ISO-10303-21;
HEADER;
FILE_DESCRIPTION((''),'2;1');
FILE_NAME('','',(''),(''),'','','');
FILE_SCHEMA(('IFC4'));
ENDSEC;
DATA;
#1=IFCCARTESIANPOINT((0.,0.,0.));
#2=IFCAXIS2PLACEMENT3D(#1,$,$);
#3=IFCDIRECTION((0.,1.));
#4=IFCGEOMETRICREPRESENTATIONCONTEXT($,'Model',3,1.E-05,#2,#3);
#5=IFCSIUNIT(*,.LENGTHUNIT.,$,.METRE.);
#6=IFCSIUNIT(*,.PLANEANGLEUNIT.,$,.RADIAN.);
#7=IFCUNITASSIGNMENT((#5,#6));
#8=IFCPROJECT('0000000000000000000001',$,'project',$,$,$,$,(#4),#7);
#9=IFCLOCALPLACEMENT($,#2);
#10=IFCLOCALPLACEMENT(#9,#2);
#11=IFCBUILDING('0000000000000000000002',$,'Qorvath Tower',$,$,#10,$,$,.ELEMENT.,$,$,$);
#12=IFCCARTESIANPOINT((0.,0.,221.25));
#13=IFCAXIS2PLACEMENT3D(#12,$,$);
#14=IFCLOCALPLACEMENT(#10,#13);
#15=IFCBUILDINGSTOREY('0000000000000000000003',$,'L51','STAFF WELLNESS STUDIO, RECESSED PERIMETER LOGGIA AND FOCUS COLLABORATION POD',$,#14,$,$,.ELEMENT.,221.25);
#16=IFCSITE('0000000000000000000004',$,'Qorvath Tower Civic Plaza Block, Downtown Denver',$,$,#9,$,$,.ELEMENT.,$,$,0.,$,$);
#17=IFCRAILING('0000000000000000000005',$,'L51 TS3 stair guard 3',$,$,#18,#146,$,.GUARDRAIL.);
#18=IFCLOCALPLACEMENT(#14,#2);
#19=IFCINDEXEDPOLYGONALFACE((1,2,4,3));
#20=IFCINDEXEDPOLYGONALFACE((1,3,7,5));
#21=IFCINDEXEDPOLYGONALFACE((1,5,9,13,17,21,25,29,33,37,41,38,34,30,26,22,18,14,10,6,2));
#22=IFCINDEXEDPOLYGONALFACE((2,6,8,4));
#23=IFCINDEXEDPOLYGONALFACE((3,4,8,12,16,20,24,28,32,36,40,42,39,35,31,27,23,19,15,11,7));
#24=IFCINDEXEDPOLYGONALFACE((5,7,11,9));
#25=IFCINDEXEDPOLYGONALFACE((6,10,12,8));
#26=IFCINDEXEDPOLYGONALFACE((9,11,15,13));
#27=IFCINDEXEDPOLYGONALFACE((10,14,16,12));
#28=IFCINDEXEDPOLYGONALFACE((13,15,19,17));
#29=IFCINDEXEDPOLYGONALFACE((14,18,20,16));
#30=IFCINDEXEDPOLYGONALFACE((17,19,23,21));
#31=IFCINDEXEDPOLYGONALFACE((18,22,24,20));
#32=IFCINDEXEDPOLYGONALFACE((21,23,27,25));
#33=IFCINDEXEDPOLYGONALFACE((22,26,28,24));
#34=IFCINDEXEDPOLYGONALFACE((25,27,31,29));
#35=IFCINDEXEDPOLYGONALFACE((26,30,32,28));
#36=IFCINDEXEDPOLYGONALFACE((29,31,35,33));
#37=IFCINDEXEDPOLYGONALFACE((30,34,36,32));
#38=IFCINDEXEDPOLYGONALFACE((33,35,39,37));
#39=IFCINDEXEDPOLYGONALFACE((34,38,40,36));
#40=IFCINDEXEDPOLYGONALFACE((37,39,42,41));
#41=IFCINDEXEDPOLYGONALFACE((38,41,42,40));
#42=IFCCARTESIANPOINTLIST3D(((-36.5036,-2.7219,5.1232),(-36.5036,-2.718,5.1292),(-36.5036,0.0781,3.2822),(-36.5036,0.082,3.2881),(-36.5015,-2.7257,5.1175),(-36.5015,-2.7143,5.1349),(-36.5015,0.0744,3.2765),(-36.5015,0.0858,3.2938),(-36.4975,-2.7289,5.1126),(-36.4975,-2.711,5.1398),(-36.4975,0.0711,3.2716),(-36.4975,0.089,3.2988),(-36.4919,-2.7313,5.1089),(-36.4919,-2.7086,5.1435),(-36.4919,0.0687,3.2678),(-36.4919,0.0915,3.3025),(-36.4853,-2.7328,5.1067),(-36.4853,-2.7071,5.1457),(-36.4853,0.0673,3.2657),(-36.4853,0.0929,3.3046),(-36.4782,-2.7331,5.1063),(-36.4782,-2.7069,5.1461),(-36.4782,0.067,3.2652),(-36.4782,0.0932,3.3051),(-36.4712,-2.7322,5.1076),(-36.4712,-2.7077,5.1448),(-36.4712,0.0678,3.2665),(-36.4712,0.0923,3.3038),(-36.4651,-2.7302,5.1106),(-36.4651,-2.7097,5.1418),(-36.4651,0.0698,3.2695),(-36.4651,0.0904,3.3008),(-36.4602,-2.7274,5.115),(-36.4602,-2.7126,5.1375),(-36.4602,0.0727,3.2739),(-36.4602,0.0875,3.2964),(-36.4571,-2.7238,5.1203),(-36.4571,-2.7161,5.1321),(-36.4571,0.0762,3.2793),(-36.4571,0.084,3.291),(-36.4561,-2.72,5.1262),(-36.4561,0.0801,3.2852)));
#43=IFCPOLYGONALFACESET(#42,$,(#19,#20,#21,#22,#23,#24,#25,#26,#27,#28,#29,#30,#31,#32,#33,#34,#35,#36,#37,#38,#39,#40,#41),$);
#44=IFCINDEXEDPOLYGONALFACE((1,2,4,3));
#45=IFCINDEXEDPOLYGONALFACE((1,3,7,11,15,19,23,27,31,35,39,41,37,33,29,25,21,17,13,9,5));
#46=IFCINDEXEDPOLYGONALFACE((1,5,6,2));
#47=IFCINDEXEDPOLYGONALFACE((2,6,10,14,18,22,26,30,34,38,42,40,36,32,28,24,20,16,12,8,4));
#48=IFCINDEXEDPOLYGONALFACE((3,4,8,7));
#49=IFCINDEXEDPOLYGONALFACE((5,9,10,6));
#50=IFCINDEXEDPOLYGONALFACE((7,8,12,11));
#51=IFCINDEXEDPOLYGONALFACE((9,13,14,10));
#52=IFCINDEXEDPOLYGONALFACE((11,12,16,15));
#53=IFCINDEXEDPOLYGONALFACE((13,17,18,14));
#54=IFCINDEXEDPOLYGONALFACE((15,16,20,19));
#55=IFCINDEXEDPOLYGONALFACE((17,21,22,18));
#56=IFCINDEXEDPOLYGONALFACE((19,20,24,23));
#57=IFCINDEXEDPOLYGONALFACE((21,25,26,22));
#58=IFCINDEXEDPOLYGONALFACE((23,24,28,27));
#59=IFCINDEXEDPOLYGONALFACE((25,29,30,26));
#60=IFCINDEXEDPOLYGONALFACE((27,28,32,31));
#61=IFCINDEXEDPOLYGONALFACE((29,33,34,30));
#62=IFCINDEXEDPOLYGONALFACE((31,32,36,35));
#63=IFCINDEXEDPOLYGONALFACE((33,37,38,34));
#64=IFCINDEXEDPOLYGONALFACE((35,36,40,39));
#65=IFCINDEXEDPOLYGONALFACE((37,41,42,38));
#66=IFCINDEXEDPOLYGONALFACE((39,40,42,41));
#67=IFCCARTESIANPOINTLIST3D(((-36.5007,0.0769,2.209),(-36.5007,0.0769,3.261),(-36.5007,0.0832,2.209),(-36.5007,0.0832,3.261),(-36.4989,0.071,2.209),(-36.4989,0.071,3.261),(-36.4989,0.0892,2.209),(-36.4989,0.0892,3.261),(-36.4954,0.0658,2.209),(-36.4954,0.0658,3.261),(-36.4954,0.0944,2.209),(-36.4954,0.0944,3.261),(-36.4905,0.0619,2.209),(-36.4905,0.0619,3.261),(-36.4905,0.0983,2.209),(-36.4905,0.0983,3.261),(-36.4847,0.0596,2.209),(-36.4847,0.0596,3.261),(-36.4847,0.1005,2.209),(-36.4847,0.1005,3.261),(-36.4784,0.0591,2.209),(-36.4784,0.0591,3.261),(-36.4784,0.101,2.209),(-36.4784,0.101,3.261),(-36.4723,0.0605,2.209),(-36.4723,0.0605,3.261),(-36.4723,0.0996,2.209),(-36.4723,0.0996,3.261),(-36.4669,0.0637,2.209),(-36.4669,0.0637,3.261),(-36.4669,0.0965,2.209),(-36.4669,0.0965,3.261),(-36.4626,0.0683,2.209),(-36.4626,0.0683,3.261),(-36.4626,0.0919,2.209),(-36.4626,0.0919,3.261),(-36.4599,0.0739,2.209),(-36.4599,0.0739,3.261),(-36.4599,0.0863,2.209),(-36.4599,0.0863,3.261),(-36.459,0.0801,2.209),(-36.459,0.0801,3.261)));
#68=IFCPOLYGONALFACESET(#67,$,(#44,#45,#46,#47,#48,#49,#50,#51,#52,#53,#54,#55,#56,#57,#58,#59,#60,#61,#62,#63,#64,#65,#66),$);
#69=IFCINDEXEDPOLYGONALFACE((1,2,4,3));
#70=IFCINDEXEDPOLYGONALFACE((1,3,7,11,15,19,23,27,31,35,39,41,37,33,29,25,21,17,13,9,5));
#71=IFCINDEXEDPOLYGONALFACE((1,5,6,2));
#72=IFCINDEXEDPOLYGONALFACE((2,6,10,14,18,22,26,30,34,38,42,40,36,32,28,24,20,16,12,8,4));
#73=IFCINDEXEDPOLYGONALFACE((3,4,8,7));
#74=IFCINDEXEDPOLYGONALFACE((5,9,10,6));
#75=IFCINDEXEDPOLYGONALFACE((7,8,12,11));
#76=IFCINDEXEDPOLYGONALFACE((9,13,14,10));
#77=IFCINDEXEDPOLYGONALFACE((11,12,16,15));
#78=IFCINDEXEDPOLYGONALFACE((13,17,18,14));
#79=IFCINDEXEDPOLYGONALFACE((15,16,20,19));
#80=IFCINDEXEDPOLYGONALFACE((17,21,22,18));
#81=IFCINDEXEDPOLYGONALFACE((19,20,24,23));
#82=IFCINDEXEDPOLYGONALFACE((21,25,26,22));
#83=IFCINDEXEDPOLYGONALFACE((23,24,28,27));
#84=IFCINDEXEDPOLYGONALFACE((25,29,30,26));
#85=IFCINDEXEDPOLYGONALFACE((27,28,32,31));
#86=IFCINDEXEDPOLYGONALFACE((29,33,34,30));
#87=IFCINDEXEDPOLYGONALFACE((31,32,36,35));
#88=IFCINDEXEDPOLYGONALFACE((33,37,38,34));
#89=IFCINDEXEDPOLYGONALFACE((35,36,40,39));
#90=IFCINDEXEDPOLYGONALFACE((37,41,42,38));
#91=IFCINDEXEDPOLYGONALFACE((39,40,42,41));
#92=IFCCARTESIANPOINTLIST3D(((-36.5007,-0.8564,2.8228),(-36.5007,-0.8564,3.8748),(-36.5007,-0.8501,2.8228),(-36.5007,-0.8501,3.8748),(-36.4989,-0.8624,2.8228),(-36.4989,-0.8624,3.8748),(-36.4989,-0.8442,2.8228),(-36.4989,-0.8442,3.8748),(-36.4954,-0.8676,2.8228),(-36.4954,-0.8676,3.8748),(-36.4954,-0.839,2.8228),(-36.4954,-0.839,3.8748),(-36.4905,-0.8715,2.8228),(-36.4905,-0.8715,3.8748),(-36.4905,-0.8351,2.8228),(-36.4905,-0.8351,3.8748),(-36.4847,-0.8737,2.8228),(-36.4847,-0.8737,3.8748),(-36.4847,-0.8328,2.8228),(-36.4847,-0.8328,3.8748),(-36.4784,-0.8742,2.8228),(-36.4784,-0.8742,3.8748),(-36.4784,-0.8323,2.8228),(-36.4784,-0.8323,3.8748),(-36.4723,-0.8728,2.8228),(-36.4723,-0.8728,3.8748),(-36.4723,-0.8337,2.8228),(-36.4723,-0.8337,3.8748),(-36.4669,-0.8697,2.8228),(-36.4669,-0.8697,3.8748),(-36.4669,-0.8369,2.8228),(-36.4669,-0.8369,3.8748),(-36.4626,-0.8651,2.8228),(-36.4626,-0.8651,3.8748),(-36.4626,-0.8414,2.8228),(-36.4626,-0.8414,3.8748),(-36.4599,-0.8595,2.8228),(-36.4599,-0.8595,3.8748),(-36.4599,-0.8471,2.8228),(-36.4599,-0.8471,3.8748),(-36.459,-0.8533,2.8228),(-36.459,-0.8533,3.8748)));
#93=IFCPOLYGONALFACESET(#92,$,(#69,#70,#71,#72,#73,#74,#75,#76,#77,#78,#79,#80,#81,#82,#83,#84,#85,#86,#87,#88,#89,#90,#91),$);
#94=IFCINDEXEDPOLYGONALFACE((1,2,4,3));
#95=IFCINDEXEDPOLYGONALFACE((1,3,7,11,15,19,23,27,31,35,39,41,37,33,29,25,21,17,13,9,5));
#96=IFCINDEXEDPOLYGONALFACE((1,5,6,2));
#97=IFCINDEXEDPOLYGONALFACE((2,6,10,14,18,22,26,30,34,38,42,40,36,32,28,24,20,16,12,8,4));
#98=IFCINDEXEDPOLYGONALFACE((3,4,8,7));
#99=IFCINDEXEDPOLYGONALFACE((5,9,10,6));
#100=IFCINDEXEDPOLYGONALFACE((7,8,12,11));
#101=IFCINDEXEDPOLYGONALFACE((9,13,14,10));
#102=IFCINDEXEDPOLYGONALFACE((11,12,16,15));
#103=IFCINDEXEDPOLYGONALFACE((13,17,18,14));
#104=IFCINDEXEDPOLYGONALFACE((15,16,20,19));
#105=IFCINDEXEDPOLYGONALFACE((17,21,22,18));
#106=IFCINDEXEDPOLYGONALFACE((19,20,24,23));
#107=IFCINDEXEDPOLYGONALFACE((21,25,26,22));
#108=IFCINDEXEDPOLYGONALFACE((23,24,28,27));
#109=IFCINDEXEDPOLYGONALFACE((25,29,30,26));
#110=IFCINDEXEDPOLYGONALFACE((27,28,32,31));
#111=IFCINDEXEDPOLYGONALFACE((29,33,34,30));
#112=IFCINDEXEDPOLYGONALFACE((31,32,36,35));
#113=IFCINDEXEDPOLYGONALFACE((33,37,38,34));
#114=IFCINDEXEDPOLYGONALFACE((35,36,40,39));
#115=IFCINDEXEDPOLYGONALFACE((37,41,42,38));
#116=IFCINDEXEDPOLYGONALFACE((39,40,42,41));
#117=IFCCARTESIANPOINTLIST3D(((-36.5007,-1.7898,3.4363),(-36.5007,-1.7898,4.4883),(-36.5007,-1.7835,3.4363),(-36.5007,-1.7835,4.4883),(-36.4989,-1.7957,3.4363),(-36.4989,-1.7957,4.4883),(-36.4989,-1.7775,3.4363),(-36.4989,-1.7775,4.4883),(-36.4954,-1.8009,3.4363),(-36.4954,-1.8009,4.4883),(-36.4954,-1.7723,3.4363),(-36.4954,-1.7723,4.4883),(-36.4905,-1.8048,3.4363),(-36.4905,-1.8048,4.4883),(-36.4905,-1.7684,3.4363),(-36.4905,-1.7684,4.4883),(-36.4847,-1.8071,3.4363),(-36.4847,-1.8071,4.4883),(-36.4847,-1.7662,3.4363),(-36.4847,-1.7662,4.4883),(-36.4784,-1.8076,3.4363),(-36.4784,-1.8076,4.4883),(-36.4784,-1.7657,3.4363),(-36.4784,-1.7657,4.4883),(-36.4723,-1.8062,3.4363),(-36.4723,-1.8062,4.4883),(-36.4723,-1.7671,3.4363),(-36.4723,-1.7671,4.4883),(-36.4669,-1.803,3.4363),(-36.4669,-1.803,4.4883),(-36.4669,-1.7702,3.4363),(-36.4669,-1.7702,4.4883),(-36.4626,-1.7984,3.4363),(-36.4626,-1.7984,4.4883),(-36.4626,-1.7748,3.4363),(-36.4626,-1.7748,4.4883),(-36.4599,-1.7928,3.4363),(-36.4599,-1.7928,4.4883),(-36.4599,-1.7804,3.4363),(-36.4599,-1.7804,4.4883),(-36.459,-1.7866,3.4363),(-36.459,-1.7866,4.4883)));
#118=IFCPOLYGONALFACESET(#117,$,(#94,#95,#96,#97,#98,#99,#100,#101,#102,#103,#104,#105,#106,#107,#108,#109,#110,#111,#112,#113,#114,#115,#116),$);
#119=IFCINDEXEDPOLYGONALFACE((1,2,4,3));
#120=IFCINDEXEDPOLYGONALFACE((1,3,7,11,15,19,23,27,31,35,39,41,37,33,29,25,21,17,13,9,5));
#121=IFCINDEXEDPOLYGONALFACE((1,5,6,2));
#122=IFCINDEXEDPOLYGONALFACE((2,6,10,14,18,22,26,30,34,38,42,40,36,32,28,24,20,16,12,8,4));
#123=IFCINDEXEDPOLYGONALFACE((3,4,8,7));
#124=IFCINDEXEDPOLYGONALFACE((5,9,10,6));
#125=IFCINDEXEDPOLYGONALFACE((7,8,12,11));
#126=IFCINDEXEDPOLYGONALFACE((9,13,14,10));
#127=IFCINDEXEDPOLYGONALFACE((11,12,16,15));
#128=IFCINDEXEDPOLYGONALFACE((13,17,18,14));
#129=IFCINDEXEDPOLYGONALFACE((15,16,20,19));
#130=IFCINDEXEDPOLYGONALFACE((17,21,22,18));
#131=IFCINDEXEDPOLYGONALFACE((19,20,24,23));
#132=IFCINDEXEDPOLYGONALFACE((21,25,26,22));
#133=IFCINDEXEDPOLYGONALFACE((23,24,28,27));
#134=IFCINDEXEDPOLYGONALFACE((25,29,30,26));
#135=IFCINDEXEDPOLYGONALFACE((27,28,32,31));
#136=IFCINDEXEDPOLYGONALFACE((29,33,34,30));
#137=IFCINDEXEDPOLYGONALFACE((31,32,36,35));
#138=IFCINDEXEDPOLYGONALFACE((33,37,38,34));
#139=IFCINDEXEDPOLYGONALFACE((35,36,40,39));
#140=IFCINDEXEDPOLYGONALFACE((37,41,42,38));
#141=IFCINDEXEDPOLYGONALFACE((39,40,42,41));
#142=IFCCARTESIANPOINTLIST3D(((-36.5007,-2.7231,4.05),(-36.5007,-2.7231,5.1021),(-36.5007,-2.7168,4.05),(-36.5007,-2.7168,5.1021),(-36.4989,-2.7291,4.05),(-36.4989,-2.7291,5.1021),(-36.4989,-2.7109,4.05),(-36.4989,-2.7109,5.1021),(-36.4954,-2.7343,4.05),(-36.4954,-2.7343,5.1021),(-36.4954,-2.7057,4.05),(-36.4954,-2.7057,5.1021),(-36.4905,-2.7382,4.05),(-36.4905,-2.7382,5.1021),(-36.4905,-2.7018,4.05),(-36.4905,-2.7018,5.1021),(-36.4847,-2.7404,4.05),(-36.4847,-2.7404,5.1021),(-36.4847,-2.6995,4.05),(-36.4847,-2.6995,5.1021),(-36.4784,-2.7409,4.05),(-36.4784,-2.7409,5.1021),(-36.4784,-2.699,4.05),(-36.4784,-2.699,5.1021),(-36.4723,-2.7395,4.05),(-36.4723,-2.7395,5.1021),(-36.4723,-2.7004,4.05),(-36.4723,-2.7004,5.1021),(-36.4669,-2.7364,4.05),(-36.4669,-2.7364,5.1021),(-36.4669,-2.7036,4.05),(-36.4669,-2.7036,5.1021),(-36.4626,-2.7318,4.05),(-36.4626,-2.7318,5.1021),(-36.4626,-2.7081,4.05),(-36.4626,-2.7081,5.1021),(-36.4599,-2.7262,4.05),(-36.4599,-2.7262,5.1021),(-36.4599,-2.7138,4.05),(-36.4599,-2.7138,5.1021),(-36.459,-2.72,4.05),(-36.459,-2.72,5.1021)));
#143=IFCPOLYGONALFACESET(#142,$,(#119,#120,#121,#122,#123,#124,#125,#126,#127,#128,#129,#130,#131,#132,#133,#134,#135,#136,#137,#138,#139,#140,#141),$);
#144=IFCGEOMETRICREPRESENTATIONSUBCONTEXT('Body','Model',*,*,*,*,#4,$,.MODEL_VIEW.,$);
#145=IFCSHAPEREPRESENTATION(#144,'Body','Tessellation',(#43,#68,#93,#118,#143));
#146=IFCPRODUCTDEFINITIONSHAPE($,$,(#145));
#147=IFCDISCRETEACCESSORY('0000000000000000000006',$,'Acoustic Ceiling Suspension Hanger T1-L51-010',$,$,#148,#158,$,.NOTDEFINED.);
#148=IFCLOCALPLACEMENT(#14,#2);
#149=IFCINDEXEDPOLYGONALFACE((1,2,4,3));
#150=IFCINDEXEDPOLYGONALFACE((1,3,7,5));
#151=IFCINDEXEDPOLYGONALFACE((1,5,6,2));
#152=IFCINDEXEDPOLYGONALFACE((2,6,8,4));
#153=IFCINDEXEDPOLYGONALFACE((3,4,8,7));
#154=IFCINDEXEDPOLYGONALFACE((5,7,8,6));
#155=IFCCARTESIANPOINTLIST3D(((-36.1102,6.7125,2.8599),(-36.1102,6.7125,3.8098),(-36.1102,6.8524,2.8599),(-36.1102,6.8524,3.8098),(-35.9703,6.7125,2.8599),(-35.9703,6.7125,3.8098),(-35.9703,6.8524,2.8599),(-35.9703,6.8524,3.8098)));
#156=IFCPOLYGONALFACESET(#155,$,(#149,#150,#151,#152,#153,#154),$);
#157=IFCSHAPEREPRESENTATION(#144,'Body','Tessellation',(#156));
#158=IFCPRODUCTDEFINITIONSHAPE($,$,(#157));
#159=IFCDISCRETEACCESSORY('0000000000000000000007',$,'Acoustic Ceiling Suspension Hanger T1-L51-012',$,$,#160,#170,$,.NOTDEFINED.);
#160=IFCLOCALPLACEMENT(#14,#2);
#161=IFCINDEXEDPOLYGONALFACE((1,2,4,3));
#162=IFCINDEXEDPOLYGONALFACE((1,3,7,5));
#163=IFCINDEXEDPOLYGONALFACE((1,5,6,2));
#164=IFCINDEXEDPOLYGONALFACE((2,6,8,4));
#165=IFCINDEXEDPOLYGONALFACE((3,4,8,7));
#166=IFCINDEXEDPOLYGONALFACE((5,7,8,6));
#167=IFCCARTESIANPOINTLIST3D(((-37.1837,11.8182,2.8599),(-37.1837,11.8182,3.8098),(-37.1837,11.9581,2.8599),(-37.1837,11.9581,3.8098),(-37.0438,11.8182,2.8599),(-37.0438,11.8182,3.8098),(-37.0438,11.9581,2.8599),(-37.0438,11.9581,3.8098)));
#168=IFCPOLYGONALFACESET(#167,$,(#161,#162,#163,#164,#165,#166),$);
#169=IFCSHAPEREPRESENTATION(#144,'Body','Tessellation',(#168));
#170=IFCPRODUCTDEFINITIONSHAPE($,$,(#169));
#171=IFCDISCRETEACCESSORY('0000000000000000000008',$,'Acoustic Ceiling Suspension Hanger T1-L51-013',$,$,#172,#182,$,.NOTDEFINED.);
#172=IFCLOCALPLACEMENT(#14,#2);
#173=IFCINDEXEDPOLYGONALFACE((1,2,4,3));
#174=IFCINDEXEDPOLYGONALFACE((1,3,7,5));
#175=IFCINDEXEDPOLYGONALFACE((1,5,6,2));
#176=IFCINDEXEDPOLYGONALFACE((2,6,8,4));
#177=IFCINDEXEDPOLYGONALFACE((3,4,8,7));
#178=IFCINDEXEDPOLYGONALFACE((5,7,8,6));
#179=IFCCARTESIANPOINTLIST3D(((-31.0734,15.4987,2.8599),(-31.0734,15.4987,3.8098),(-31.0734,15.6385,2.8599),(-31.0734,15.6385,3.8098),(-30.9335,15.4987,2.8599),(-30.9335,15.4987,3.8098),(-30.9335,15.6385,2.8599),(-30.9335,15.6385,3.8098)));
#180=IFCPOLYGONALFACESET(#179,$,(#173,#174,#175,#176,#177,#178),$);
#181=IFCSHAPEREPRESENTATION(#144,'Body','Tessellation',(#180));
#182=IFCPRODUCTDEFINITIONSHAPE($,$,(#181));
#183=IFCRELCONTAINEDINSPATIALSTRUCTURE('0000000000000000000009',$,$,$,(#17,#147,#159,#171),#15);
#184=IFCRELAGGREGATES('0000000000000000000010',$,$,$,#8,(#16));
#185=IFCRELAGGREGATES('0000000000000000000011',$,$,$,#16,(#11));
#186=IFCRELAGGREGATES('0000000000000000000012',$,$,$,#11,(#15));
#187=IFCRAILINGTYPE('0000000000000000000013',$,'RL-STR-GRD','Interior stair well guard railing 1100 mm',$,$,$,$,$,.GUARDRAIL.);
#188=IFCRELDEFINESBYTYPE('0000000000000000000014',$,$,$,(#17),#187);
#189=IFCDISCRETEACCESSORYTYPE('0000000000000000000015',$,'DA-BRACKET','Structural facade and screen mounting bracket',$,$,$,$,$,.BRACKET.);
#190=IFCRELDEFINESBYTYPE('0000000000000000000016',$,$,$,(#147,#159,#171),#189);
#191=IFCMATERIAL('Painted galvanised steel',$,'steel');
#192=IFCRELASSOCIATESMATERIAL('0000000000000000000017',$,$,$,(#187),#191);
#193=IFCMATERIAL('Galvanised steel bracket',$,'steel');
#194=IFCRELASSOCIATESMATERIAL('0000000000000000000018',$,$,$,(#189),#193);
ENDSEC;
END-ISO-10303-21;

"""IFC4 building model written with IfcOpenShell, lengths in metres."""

from ifc_helpers import new_model, si_unit, direction, frame, origin, origin_2d, place, context, subcontext, project, spatial, rectangle, circle, extrude, material, type_object, element, save


model = new_model("IFC4")

# Units and contexts
model_context = context("Model", 3, precision=1e-05, world=origin(), true_north=direction((0.0, 1.0)))
body_context = subcontext(model_context, "Body", "Model", "MODEL_VIEW")
ifc_project = project(units=[si_unit("LENGTHUNIT", "METRE"), si_unit("PLANEANGLEUNIT", "RADIAN")], contexts=[model_context])

# Site, building, storey
site_placement = place(None, origin())
site = spatial("IfcSite", under=ifc_project, at=site_placement, Name="Qorvath Tower Civic Plaza Block, Downtown Denver", CompositionType="ELEMENT", RefElevation=0.0)
building_placement = place(site_placement, origin())
building = spatial("IfcBuilding", under=site, at=building_placement, Name="Qorvath Tower", CompositionType="ELEMENT")
storey_placement = place(building_placement, frame((0.0, 0.0, 221.25)))
storey = spatial("IfcBuildingStorey", under=building, at=storey_placement, Name="L51", Description="STAFF WELLNESS STUDIO, RECESSED PERIMETER LOGGIA AND FOCUS COLLABORATION POD", CompositionType="ELEMENT", Elevation=221.25)

# Railing
ifc_material_1 = material(Name="Painted galvanised steel", Category="steel")
railing_type = type_object("IfcRailingType", Name="RL-STR-GRD", Description="Interior stair well guard railing 1100 mm", PredefinedType="GUARDRAIL", material=ifc_material_1)
railing_1_placement = place(storey_placement, frame((-36.48, 0.0801, 2.209)))
element("IfcRailing", 1, at=railing_1_placement, inside=storey, type_object=railing_type, Name="L51 TS3 stair guard 3", PredefinedType="GUARDRAIL", context=body_context, shape_type="SweptSolid", body=[
    extrude(circle(Radius=0.0239, at=origin_2d()), frame((0.0, 0.0, 1.0762), z_axis=(0.0, -0.835564, 0.549393), x_axis=(1.0, 0.0, 0.0)), (0.0, 0.0, 1.0), 3.3511),
    extrude(circle(Radius=0.021, at=origin_2d()), origin(), (0.0, 0.0, 1.0), 1.052),
    extrude(circle(Radius=0.021, at=origin_2d()), frame((0.0, -0.9333, 0.6138)), (0.0, 0.0, 1.0), 1.052),
    extrude(circle(Radius=0.021, at=origin_2d()), frame((0.0, -1.8667, 1.2273)), (0.0, 0.0, 1.0), 1.052),
    extrude(circle(Radius=0.021, at=origin_2d()), frame((0.0, -2.8, 1.8411)), (0.0, 0.0, 1.0), 1.052),
])

# Discrete accessories
ifc_material_2 = material(Name="Galvanised steel bracket", Category="steel")
discrete_accessory_type = type_object("IfcDiscreteAccessoryType", Name="DA-BRACKET", Description="Structural facade and screen mounting bracket", PredefinedType="BRACKET", material=ifc_material_2)
for number, where, z_axis, x_axis, name in (
    (2, (-36.0403, 6.7825, 2.8599), (0.0, 0.0, 1.0), (1.0, 0.0, 0.0), "Acoustic Ceiling Suspension Hanger T1-L51-010"),
    (3, (-37.1138, 11.8882, 2.8599), (0.0, 0.0, 1.0), (1.0, 0.0, 0.0), "Acoustic Ceiling Suspension Hanger T1-L51-012"),
    (4, (-31.0034, 15.5686, 2.8599), (0.0, 0.0, 1.0), (1.0, 0.0, 0.0), "Acoustic Ceiling Suspension Hanger T1-L51-013"),
):
    element("IfcDiscreteAccessory", number, at=place(storey_placement, frame(where, z_axis=z_axis, x_axis=x_axis)), inside=storey, type_object=discrete_accessory_type, Name=name, PredefinedType="NOTDEFINED", context=body_context, shape_type="SweptSolid", body=[
        extrude(rectangle(XDim=0.1399, YDim=0.1399, at=origin_2d()), origin(), (0.0, 0.0, 1.0), 0.95),
    ])

save(model, "model.ifc")
